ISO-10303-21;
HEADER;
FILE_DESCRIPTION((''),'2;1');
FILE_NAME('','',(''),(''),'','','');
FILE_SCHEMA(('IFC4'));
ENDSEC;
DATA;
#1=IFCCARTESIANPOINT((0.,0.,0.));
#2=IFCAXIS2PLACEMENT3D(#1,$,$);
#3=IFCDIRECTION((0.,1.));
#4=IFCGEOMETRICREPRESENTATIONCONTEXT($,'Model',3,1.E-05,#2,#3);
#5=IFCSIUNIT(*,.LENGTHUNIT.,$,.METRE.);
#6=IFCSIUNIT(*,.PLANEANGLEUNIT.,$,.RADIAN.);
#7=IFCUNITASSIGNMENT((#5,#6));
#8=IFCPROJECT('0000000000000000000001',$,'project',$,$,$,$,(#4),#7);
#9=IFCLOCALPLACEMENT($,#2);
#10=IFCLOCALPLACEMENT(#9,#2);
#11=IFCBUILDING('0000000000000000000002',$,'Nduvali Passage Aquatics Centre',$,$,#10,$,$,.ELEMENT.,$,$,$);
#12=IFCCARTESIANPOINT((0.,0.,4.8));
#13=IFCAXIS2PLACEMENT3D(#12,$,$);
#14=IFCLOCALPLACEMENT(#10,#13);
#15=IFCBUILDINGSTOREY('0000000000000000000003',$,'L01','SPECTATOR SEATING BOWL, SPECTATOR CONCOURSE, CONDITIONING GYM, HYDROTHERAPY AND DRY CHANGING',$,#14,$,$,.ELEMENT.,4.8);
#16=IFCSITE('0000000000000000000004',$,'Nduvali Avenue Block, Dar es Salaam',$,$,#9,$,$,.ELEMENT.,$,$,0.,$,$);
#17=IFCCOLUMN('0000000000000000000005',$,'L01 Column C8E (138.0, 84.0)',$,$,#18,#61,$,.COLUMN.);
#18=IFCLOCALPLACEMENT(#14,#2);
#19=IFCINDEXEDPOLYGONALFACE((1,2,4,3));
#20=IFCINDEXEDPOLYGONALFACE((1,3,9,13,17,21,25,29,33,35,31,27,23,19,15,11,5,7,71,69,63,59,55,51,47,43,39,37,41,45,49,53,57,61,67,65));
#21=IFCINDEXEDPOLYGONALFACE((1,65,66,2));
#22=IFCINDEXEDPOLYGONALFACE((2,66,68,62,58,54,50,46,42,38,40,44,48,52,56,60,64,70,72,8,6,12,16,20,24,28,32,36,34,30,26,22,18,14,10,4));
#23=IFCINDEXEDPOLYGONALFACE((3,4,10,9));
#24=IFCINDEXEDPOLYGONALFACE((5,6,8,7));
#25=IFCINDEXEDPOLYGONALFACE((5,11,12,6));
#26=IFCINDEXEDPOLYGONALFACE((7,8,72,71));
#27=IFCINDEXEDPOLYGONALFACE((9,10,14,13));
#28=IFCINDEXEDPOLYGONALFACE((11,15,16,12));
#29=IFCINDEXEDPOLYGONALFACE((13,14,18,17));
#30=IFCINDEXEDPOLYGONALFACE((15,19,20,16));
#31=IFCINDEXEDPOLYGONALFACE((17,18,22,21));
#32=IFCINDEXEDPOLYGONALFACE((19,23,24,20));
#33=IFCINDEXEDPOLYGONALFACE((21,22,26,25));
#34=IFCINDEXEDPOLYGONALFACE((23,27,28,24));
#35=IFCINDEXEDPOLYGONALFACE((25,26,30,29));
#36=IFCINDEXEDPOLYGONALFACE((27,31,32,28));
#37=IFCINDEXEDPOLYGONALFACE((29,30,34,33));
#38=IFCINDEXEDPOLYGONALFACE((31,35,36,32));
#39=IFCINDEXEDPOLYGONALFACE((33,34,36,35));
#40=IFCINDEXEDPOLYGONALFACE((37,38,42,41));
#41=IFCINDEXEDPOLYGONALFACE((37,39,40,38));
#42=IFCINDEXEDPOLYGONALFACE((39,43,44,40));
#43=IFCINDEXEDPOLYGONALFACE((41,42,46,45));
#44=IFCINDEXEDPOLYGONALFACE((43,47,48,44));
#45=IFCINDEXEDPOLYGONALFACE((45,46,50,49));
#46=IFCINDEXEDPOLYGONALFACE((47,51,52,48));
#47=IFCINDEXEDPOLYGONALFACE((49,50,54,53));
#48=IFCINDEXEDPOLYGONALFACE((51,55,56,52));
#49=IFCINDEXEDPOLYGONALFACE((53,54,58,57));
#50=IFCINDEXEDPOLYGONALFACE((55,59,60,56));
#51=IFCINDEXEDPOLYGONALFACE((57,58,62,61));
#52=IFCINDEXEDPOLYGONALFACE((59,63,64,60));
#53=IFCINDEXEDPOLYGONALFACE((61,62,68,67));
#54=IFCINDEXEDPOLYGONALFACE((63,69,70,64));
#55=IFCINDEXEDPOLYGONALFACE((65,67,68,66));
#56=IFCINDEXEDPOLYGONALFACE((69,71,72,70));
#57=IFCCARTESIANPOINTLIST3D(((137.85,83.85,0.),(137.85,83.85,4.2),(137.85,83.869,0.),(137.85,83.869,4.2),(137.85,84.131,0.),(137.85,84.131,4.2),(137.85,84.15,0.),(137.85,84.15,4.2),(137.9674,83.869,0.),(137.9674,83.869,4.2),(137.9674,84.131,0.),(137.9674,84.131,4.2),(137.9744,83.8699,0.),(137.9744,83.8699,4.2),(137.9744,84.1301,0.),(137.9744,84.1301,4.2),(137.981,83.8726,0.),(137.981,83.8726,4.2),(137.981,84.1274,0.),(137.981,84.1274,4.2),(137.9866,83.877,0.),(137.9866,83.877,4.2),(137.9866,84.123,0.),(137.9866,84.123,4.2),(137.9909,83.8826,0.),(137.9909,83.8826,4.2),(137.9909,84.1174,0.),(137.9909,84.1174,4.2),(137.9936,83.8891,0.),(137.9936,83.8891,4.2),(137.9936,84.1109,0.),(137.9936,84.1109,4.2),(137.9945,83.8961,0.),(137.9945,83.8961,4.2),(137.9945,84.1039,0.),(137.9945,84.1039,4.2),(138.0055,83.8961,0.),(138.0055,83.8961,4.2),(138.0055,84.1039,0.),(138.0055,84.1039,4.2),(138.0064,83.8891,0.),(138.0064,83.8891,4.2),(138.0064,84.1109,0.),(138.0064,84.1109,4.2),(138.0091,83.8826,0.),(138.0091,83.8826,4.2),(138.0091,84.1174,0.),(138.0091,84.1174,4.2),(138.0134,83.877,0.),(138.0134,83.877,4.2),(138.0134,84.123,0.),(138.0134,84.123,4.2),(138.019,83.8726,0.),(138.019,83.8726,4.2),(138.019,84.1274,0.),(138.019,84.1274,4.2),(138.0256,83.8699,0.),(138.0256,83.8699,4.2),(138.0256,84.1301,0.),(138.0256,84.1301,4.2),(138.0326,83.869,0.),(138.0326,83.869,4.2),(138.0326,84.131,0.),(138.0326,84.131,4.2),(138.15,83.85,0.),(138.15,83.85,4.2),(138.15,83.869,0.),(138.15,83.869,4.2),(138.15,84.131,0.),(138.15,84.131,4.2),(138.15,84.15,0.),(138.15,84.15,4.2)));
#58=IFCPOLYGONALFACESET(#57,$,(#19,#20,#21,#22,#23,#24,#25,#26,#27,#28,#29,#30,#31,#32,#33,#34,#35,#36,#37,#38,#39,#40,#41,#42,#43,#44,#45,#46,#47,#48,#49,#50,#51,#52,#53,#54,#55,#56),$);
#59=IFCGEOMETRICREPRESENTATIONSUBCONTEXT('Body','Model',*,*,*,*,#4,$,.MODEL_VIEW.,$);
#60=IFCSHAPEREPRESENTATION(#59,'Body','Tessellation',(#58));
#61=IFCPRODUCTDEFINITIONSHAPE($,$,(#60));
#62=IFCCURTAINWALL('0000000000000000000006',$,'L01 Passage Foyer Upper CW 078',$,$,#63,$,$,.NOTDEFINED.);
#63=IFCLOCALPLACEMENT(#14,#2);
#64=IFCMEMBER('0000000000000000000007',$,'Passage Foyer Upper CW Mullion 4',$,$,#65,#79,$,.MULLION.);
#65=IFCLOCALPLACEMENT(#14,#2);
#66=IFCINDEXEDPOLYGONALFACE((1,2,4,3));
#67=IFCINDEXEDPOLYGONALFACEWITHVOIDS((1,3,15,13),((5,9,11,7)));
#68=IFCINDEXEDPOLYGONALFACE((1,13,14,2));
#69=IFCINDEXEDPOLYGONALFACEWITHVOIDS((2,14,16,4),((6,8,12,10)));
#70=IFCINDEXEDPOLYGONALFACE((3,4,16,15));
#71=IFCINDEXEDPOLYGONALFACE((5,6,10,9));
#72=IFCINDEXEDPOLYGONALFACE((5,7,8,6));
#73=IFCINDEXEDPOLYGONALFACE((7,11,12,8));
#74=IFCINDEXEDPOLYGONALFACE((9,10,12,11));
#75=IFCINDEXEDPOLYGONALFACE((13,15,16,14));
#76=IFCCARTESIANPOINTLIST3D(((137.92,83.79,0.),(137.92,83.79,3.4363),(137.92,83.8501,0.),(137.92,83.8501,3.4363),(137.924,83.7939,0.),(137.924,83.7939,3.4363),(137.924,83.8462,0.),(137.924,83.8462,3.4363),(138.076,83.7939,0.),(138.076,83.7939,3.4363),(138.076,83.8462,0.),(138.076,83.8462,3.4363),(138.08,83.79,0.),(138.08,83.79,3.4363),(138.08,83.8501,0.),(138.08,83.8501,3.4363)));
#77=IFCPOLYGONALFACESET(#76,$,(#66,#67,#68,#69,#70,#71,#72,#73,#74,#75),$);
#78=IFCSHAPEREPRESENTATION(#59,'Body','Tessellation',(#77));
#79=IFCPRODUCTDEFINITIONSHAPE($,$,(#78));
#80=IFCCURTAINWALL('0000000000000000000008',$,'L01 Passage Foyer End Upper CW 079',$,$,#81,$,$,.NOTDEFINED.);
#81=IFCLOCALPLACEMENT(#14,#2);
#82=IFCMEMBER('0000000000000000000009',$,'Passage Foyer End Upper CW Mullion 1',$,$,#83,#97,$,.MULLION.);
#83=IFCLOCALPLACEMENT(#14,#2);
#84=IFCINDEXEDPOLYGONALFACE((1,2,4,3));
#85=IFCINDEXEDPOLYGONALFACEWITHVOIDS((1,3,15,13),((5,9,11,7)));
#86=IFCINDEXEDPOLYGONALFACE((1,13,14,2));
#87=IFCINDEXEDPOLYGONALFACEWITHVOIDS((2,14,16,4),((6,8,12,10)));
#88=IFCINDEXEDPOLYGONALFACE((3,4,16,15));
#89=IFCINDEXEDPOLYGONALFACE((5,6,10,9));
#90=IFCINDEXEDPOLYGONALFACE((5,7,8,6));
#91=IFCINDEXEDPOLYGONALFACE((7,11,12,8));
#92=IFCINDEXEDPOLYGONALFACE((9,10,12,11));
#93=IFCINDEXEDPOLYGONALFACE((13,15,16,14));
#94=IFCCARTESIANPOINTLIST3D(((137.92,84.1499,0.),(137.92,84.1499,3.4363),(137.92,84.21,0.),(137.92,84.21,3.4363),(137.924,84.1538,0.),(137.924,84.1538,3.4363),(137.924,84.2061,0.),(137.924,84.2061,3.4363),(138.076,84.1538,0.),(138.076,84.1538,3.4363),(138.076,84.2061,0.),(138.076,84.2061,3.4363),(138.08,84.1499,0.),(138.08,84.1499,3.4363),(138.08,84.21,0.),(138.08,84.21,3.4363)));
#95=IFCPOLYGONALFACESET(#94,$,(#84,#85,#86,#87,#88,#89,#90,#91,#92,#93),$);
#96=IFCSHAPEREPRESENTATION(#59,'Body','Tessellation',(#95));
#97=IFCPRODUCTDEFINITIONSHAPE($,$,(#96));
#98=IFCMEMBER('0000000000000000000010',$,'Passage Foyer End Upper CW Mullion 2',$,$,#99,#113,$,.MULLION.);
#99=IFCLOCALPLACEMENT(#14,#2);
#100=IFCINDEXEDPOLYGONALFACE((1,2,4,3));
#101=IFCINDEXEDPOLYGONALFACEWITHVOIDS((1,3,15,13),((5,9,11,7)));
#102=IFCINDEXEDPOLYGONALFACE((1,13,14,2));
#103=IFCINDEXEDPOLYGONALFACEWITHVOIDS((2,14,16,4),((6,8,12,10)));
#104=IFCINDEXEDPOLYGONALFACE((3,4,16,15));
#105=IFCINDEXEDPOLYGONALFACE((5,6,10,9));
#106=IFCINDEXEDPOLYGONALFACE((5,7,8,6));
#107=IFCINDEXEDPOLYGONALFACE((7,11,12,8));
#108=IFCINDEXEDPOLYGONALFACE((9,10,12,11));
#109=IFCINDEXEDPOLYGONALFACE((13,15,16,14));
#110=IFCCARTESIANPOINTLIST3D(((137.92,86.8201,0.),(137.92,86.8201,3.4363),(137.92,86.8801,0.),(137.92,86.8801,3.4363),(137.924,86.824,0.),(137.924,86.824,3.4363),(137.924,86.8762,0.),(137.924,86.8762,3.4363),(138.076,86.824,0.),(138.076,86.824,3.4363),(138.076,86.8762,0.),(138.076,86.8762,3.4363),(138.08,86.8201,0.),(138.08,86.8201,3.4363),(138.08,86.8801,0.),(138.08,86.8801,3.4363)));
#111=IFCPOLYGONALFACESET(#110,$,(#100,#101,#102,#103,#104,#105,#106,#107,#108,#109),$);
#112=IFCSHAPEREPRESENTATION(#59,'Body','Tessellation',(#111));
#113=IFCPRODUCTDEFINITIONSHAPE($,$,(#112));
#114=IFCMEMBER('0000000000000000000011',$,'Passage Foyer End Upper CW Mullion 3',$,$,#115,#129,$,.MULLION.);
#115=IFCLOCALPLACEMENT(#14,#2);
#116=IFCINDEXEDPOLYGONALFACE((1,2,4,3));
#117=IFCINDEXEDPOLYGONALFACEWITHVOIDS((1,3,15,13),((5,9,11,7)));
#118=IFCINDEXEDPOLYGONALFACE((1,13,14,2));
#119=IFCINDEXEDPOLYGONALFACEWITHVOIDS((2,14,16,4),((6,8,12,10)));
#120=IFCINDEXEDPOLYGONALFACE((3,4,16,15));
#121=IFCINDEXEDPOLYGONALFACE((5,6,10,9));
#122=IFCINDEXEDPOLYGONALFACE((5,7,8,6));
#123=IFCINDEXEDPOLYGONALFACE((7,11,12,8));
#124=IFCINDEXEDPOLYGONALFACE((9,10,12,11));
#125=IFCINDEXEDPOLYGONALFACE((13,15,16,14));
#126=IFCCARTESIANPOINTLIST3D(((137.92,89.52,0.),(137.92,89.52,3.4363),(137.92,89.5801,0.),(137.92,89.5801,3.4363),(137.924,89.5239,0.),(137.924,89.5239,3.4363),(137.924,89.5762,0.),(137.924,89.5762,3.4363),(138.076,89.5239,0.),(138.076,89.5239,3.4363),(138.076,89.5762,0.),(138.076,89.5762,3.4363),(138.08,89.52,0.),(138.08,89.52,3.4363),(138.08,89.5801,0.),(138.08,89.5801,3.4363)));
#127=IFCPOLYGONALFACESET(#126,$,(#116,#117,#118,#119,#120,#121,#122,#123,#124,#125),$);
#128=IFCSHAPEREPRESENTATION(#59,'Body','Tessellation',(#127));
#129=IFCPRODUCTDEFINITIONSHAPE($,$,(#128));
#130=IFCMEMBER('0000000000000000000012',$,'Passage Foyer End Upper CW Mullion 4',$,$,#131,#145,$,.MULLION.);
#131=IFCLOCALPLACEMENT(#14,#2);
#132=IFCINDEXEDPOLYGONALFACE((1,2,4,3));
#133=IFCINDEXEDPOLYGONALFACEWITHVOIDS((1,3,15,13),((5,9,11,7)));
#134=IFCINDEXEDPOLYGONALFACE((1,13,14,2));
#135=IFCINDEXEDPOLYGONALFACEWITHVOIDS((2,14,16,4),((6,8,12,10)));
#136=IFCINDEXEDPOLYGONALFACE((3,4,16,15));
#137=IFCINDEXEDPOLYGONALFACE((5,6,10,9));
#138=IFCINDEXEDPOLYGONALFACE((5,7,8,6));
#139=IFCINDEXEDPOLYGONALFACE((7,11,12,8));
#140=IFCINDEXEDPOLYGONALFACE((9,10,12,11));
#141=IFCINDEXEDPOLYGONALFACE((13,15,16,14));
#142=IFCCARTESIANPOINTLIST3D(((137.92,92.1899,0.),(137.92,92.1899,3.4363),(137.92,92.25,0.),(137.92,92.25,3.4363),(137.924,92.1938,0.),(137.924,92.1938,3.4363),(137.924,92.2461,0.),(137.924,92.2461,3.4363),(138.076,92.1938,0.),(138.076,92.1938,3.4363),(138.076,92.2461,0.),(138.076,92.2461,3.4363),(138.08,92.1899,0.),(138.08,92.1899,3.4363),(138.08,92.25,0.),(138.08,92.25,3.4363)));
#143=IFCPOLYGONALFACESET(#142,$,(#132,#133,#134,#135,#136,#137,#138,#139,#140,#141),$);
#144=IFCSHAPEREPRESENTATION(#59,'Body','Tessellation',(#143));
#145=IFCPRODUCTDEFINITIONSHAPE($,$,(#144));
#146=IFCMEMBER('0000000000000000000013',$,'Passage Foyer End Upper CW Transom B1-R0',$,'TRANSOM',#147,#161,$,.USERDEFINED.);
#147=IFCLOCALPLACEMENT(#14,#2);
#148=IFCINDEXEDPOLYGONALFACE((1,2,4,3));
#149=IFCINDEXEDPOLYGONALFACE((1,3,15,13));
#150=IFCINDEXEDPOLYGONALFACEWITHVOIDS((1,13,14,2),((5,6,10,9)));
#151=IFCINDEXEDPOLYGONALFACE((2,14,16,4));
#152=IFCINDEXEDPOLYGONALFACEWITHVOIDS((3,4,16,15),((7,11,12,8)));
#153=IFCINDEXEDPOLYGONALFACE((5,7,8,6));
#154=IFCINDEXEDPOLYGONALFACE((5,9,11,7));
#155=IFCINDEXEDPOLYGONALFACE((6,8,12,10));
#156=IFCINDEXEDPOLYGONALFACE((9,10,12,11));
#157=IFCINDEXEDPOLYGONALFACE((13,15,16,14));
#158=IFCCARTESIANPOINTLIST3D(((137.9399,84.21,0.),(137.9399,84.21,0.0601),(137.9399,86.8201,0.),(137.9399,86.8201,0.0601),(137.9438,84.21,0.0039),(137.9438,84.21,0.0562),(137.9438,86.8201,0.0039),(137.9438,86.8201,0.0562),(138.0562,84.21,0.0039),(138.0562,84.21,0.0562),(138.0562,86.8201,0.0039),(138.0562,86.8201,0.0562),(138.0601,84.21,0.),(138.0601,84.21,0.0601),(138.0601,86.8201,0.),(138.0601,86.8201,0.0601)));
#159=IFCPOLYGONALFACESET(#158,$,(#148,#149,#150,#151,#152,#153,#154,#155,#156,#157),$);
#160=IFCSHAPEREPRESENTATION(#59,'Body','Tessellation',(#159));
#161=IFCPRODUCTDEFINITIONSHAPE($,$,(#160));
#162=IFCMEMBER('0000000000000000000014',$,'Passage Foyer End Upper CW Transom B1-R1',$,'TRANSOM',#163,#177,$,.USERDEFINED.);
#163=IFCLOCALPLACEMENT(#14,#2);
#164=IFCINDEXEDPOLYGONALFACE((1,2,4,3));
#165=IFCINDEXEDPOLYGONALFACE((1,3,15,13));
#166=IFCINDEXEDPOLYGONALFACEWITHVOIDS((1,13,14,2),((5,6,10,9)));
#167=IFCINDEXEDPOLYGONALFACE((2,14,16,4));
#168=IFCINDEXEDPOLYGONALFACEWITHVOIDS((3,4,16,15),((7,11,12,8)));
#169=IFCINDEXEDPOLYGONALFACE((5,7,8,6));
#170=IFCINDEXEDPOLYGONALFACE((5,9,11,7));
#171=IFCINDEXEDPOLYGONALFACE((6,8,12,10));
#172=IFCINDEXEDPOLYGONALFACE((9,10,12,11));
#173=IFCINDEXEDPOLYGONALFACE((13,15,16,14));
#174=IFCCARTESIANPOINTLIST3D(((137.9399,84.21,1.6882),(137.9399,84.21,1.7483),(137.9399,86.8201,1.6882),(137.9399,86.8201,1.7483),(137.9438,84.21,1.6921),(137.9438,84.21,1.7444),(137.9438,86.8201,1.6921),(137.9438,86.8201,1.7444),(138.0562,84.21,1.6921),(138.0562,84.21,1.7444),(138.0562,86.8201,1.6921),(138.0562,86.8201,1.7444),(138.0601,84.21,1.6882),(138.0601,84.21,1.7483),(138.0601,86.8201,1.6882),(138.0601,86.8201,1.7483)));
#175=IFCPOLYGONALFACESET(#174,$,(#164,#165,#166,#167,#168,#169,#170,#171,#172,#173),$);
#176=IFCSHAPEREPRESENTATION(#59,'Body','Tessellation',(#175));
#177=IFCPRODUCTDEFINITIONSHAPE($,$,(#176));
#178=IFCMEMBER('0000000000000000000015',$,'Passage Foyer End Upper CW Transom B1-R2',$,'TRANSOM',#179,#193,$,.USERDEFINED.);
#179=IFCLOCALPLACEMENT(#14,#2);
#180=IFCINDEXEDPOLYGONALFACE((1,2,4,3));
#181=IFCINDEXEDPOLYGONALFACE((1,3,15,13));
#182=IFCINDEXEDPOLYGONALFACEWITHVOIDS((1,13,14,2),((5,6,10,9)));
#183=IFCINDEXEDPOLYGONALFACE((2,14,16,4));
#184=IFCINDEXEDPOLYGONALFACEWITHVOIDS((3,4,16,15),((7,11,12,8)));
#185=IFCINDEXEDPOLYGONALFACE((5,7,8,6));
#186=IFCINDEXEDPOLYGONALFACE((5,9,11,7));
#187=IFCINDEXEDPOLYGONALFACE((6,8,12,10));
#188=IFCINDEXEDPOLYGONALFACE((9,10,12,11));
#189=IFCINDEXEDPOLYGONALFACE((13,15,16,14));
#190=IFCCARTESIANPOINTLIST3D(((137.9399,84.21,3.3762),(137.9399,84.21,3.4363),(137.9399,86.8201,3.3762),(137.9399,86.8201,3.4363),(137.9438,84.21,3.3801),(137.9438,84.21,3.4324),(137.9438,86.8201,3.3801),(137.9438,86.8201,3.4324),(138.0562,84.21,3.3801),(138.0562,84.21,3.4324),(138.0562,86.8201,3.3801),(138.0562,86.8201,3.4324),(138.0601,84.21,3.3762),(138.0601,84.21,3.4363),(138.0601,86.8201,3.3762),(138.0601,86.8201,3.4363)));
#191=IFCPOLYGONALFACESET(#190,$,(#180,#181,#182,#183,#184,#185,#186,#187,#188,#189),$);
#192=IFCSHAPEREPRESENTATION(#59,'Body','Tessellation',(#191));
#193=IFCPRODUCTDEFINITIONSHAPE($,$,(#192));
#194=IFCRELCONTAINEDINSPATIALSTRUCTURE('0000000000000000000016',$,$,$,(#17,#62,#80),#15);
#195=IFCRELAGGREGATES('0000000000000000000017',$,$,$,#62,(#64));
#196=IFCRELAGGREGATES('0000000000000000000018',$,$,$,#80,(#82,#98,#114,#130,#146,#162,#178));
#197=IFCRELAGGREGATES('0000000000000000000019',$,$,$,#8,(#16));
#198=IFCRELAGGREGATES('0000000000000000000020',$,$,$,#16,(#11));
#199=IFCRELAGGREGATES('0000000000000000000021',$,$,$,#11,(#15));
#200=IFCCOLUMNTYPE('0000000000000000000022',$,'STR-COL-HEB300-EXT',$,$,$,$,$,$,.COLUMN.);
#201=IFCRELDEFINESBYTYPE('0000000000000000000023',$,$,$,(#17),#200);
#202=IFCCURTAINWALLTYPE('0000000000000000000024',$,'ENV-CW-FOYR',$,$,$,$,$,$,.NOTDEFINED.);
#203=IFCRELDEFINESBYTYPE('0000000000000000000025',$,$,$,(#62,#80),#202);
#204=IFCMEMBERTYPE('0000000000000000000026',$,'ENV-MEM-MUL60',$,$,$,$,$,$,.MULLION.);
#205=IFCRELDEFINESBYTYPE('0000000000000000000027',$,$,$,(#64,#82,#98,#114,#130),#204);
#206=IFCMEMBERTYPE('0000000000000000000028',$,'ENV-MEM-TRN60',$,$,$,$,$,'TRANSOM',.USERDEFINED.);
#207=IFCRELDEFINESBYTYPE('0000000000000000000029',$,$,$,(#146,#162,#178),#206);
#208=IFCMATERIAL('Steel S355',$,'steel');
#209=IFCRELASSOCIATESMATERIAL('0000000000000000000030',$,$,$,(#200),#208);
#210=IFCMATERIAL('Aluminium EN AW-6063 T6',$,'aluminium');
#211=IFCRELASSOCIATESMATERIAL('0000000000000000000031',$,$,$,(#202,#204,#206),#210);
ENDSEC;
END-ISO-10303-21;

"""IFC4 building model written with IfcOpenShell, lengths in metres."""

from ifc_helpers import new_model, si_unit, direction, frame, origin, origin_2d, place, context, subcontext, project, spatial, hollow_rectangle, i_section, extrude, material, material_profile, profile_set, type_object, element, aggregate, save


model = new_model("IFC4")

# Units and contexts
model_context = context("Model", 3, precision=1e-05, world=origin(), true_north=direction((0.0, 1.0)))
body_context = subcontext(model_context, "Body", "Model", "MODEL_VIEW")
ifc_project = project(units=[si_unit("LENGTHUNIT", "METRE"), si_unit("PLANEANGLEUNIT", "RADIAN")], contexts=[model_context])

# Site, building, storey
site_placement = place(None, origin())
site = spatial("IfcSite", under=ifc_project, at=site_placement, Name="Nduvali Avenue Block, Dar es Salaam", CompositionType="ELEMENT", RefElevation=0.0)
building_placement = place(site_placement, origin())
building = spatial("IfcBuilding", under=site, at=building_placement, Name="Nduvali Passage Aquatics Centre", CompositionType="ELEMENT")
storey_placement = place(building_placement, frame((0.0, 0.0, 4.8)))
storey = spatial("IfcBuildingStorey", under=building, at=storey_placement, Name="L01", Description="SPECTATOR SEATING BOWL, SPECTATOR CONCOURSE, CONDITIONING GYM, HYDROTHERAPY AND DRY CHANGING", CompositionType="ELEMENT", Elevation=4.8)

# Column
ifc_material_1 = material(Name="Steel S355", Category="steel")
ifc_material_profile_1 = material_profile(ifc_material_1, i_section(OverallWidth=0.3, OverallDepth=0.3, WebThickness=0.011, FlangeThickness=0.019, FilletRadius=0.0271, at=origin_2d()), Name="HEB 300")
ifc_profile_set_1 = profile_set([ifc_material_profile_1], Name="Steel S355")
column_type = type_object("IfcColumnType", Name="STR-COL-HEB300-EXT", PredefinedType="COLUMN", material=ifc_profile_set_1)
column_placement = place(storey_placement, frame((138.0, 84.0, 0.0), z_axis=(0.0, 0.0, 1.0), x_axis=(1.0, 0.0, 0.0)))
element("IfcColumn", 1, at=column_placement, inside=storey, type_object=column_type, Name="L01 Column C8E (138.0, 84.0)", PredefinedType="COLUMN", context=body_context, shape_type="SweptSolid", body=[
    extrude(i_section(OverallWidth=0.3, OverallDepth=0.3, WebThickness=0.011, FlangeThickness=0.019, FilletRadius=0.0271, at=origin_2d()), origin(), (0.0, 0.0, 1.0), 4.2),
])

# Curtain wall, member
ifc_material_2 = material(Name="Aluminium EN AW-6063 T6", Category="aluminium")
curtain_wall_type = type_object("IfcCurtainWallType", Name="ENV-CW-FOYR", PredefinedType="NOTDEFINED", material=ifc_material_2)
curtain_wall_1_placement = place(storey_placement, origin())
curtain_wall_1 = element("IfcCurtainWall", 2, at=curtain_wall_1_placement, inside=storey, type_object=curtain_wall_type, Name="L01 Passage Foyer Upper CW 078", PredefinedType="NOTDEFINED")
ifc_material_profile_2 = material_profile(ifc_material_2, hollow_rectangle(XDim=0.0601, YDim=0.1599, WallThickness=0.0039, at=origin_2d()), Name="ALU MULLION 60x160x4")
ifc_profile_set_2 = profile_set([ifc_material_profile_2], Name="Aluminium EN AW-6063 T6")
member_type_1 = type_object("IfcMemberType", Name="ENV-MEM-MUL60", PredefinedType="MULLION", material=ifc_profile_set_2)
member_1_placement = place(storey_placement, frame((138.0, 83.8201, 0.0), z_axis=(0.0, 0.0, 1.0), x_axis=(0.0, 1.0, 0.0)))
member_1 = element("IfcMember", 3, at=member_1_placement, type_object=member_type_1, Name="Passage Foyer Upper CW Mullion 4", PredefinedType="MULLION", context=body_context, shape_type="SweptSolid", body=[
    extrude(hollow_rectangle(XDim=0.0601, YDim=0.1599, WallThickness=0.0039, at=origin_2d()), origin(), (0.0, 0.0, 1.0), 3.4363),
])
aggregate(curtain_wall_1, [member_1])

# Curtain wall, members
curtain_wall_2_placement = place(storey_placement, origin())
curtain_wall_2 = element("IfcCurtainWall", 4, at=curtain_wall_2_placement, inside=storey, type_object=curtain_wall_type, Name="L01 Passage Foyer End Upper CW 079", PredefinedType="NOTDEFINED")
member_2_placement = place(storey_placement, frame((138.0, 84.1799, 0.0), z_axis=(0.0, 0.0, 1.0), x_axis=(0.0, 1.0, 0.0)))
member_2 = element("IfcMember", 5, at=member_2_placement, type_object=member_type_1, Name="Passage Foyer End Upper CW Mullion 1", PredefinedType="MULLION", context=body_context, shape_type="SweptSolid", body=[
    extrude(hollow_rectangle(XDim=0.0601, YDim=0.1599, WallThickness=0.0039, at=origin_2d()), origin(), (0.0, 0.0, 1.0), 3.4363),
])
member_3_placement = place(storey_placement, frame((138.0, 86.8501, 0.0), z_axis=(0.0, 0.0, 1.0), x_axis=(0.0, 1.0, 0.0)))
member_3 = element("IfcMember", 6, at=member_3_placement, type_object=member_type_1, Name="Passage Foyer End Upper CW Mullion 2", PredefinedType="MULLION", context=body_context, shape_type="SweptSolid", body=[
    extrude(hollow_rectangle(XDim=0.0601, YDim=0.1599, WallThickness=0.0039, at=origin_2d()), origin(), (0.0, 0.0, 1.0), 3.4363),
])
member_4_placement = place(storey_placement, frame((138.0, 89.55, 0.0), z_axis=(0.0, 0.0, 1.0), x_axis=(0.0, 1.0, 0.0)))
member_4 = element("IfcMember", 7, at=member_4_placement, type_object=member_type_1, Name="Passage Foyer End Upper CW Mullion 3", PredefinedType="MULLION", context=body_context, shape_type="SweptSolid", body=[
    extrude(hollow_rectangle(XDim=0.0601, YDim=0.1599, WallThickness=0.0039, at=origin_2d()), origin(), (0.0, 0.0, 1.0), 3.4363),
])
member_5_placement = place(storey_placement, frame((138.0, 92.22, 0.0), z_axis=(0.0, 0.0, 1.0), x_axis=(0.0, 1.0, 0.0)))
member_5 = element("IfcMember", 8, at=member_5_placement, type_object=member_type_1, Name="Passage Foyer End Upper CW Mullion 4", PredefinedType="MULLION", context=body_context, shape_type="SweptSolid", body=[
    extrude(hollow_rectangle(XDim=0.0601, YDim=0.1599, WallThickness=0.0039, at=origin_2d()), origin(), (0.0, 0.0, 1.0), 3.4363),
])
ifc_material_profile_3 = material_profile(ifc_material_2, hollow_rectangle(XDim=0.1201, YDim=0.0601, WallThickness=0.0039, at=origin_2d()), Name="ALU TRANSOM 120x60x4")
ifc_profile_set_3 = profile_set([ifc_material_profile_3], Name="Aluminium EN AW-6063 T6")
member_type_2 = type_object("IfcMemberType", Name="ENV-MEM-TRN60", ElementType="TRANSOM", PredefinedType="USERDEFINED", material=ifc_profile_set_3)
member_6_placement = place(storey_placement, frame((138.0, 84.21, 0.03), z_axis=(0.0, 1.0, 0.0), x_axis=(-1.0, 0.0, 0.0)))
member_6 = element("IfcMember", 9, at=member_6_placement, type_object=member_type_2, Name="Passage Foyer End Upper CW Transom B1-R0", ObjectType="TRANSOM", PredefinedType="USERDEFINED", context=body_context, shape_type="SweptSolid", body=[
    extrude(hollow_rectangle(XDim=0.1201, YDim=0.0601, WallThickness=0.0039, at=origin_2d()), origin(), (0.0, 0.0, 1.0), 2.6101),
])
member_7_placement = place(storey_placement, frame((138.0, 84.21, 1.7183), z_axis=(0.0, 1.0, 0.0), x_axis=(-1.0, 0.0, 0.0)))
member_7 = element("IfcMember", 10, at=member_7_placement, type_object=member_type_2, Name="Passage Foyer End Upper CW Transom B1-R1", ObjectType="TRANSOM", PredefinedType="USERDEFINED", context=body_context, shape_type="SweptSolid", body=[
    extrude(hollow_rectangle(XDim=0.1201, YDim=0.0601, WallThickness=0.0039, at=origin_2d()), origin(), (0.0, 0.0, 1.0), 2.6101),
])
member_8_placement = place(storey_placement, frame((138.0, 84.21, 3.4062), z_axis=(0.0, 1.0, 0.0), x_axis=(-1.0, 0.0, 0.0)))
member_8 = element("IfcMember", 11, at=member_8_placement, type_object=member_type_2, Name="Passage Foyer End Upper CW Transom B1-R2", ObjectType="TRANSOM", PredefinedType="USERDEFINED", context=body_context, shape_type="SweptSolid", body=[
    extrude(hollow_rectangle(XDim=0.1201, YDim=0.0601, WallThickness=0.0039, at=origin_2d()), origin(), (0.0, 0.0, 1.0), 2.6101),
])

aggregate(curtain_wall_2, [member_2, member_3, member_4, member_5, member_6, member_7, member_8])

save(model, "model.ifc")
